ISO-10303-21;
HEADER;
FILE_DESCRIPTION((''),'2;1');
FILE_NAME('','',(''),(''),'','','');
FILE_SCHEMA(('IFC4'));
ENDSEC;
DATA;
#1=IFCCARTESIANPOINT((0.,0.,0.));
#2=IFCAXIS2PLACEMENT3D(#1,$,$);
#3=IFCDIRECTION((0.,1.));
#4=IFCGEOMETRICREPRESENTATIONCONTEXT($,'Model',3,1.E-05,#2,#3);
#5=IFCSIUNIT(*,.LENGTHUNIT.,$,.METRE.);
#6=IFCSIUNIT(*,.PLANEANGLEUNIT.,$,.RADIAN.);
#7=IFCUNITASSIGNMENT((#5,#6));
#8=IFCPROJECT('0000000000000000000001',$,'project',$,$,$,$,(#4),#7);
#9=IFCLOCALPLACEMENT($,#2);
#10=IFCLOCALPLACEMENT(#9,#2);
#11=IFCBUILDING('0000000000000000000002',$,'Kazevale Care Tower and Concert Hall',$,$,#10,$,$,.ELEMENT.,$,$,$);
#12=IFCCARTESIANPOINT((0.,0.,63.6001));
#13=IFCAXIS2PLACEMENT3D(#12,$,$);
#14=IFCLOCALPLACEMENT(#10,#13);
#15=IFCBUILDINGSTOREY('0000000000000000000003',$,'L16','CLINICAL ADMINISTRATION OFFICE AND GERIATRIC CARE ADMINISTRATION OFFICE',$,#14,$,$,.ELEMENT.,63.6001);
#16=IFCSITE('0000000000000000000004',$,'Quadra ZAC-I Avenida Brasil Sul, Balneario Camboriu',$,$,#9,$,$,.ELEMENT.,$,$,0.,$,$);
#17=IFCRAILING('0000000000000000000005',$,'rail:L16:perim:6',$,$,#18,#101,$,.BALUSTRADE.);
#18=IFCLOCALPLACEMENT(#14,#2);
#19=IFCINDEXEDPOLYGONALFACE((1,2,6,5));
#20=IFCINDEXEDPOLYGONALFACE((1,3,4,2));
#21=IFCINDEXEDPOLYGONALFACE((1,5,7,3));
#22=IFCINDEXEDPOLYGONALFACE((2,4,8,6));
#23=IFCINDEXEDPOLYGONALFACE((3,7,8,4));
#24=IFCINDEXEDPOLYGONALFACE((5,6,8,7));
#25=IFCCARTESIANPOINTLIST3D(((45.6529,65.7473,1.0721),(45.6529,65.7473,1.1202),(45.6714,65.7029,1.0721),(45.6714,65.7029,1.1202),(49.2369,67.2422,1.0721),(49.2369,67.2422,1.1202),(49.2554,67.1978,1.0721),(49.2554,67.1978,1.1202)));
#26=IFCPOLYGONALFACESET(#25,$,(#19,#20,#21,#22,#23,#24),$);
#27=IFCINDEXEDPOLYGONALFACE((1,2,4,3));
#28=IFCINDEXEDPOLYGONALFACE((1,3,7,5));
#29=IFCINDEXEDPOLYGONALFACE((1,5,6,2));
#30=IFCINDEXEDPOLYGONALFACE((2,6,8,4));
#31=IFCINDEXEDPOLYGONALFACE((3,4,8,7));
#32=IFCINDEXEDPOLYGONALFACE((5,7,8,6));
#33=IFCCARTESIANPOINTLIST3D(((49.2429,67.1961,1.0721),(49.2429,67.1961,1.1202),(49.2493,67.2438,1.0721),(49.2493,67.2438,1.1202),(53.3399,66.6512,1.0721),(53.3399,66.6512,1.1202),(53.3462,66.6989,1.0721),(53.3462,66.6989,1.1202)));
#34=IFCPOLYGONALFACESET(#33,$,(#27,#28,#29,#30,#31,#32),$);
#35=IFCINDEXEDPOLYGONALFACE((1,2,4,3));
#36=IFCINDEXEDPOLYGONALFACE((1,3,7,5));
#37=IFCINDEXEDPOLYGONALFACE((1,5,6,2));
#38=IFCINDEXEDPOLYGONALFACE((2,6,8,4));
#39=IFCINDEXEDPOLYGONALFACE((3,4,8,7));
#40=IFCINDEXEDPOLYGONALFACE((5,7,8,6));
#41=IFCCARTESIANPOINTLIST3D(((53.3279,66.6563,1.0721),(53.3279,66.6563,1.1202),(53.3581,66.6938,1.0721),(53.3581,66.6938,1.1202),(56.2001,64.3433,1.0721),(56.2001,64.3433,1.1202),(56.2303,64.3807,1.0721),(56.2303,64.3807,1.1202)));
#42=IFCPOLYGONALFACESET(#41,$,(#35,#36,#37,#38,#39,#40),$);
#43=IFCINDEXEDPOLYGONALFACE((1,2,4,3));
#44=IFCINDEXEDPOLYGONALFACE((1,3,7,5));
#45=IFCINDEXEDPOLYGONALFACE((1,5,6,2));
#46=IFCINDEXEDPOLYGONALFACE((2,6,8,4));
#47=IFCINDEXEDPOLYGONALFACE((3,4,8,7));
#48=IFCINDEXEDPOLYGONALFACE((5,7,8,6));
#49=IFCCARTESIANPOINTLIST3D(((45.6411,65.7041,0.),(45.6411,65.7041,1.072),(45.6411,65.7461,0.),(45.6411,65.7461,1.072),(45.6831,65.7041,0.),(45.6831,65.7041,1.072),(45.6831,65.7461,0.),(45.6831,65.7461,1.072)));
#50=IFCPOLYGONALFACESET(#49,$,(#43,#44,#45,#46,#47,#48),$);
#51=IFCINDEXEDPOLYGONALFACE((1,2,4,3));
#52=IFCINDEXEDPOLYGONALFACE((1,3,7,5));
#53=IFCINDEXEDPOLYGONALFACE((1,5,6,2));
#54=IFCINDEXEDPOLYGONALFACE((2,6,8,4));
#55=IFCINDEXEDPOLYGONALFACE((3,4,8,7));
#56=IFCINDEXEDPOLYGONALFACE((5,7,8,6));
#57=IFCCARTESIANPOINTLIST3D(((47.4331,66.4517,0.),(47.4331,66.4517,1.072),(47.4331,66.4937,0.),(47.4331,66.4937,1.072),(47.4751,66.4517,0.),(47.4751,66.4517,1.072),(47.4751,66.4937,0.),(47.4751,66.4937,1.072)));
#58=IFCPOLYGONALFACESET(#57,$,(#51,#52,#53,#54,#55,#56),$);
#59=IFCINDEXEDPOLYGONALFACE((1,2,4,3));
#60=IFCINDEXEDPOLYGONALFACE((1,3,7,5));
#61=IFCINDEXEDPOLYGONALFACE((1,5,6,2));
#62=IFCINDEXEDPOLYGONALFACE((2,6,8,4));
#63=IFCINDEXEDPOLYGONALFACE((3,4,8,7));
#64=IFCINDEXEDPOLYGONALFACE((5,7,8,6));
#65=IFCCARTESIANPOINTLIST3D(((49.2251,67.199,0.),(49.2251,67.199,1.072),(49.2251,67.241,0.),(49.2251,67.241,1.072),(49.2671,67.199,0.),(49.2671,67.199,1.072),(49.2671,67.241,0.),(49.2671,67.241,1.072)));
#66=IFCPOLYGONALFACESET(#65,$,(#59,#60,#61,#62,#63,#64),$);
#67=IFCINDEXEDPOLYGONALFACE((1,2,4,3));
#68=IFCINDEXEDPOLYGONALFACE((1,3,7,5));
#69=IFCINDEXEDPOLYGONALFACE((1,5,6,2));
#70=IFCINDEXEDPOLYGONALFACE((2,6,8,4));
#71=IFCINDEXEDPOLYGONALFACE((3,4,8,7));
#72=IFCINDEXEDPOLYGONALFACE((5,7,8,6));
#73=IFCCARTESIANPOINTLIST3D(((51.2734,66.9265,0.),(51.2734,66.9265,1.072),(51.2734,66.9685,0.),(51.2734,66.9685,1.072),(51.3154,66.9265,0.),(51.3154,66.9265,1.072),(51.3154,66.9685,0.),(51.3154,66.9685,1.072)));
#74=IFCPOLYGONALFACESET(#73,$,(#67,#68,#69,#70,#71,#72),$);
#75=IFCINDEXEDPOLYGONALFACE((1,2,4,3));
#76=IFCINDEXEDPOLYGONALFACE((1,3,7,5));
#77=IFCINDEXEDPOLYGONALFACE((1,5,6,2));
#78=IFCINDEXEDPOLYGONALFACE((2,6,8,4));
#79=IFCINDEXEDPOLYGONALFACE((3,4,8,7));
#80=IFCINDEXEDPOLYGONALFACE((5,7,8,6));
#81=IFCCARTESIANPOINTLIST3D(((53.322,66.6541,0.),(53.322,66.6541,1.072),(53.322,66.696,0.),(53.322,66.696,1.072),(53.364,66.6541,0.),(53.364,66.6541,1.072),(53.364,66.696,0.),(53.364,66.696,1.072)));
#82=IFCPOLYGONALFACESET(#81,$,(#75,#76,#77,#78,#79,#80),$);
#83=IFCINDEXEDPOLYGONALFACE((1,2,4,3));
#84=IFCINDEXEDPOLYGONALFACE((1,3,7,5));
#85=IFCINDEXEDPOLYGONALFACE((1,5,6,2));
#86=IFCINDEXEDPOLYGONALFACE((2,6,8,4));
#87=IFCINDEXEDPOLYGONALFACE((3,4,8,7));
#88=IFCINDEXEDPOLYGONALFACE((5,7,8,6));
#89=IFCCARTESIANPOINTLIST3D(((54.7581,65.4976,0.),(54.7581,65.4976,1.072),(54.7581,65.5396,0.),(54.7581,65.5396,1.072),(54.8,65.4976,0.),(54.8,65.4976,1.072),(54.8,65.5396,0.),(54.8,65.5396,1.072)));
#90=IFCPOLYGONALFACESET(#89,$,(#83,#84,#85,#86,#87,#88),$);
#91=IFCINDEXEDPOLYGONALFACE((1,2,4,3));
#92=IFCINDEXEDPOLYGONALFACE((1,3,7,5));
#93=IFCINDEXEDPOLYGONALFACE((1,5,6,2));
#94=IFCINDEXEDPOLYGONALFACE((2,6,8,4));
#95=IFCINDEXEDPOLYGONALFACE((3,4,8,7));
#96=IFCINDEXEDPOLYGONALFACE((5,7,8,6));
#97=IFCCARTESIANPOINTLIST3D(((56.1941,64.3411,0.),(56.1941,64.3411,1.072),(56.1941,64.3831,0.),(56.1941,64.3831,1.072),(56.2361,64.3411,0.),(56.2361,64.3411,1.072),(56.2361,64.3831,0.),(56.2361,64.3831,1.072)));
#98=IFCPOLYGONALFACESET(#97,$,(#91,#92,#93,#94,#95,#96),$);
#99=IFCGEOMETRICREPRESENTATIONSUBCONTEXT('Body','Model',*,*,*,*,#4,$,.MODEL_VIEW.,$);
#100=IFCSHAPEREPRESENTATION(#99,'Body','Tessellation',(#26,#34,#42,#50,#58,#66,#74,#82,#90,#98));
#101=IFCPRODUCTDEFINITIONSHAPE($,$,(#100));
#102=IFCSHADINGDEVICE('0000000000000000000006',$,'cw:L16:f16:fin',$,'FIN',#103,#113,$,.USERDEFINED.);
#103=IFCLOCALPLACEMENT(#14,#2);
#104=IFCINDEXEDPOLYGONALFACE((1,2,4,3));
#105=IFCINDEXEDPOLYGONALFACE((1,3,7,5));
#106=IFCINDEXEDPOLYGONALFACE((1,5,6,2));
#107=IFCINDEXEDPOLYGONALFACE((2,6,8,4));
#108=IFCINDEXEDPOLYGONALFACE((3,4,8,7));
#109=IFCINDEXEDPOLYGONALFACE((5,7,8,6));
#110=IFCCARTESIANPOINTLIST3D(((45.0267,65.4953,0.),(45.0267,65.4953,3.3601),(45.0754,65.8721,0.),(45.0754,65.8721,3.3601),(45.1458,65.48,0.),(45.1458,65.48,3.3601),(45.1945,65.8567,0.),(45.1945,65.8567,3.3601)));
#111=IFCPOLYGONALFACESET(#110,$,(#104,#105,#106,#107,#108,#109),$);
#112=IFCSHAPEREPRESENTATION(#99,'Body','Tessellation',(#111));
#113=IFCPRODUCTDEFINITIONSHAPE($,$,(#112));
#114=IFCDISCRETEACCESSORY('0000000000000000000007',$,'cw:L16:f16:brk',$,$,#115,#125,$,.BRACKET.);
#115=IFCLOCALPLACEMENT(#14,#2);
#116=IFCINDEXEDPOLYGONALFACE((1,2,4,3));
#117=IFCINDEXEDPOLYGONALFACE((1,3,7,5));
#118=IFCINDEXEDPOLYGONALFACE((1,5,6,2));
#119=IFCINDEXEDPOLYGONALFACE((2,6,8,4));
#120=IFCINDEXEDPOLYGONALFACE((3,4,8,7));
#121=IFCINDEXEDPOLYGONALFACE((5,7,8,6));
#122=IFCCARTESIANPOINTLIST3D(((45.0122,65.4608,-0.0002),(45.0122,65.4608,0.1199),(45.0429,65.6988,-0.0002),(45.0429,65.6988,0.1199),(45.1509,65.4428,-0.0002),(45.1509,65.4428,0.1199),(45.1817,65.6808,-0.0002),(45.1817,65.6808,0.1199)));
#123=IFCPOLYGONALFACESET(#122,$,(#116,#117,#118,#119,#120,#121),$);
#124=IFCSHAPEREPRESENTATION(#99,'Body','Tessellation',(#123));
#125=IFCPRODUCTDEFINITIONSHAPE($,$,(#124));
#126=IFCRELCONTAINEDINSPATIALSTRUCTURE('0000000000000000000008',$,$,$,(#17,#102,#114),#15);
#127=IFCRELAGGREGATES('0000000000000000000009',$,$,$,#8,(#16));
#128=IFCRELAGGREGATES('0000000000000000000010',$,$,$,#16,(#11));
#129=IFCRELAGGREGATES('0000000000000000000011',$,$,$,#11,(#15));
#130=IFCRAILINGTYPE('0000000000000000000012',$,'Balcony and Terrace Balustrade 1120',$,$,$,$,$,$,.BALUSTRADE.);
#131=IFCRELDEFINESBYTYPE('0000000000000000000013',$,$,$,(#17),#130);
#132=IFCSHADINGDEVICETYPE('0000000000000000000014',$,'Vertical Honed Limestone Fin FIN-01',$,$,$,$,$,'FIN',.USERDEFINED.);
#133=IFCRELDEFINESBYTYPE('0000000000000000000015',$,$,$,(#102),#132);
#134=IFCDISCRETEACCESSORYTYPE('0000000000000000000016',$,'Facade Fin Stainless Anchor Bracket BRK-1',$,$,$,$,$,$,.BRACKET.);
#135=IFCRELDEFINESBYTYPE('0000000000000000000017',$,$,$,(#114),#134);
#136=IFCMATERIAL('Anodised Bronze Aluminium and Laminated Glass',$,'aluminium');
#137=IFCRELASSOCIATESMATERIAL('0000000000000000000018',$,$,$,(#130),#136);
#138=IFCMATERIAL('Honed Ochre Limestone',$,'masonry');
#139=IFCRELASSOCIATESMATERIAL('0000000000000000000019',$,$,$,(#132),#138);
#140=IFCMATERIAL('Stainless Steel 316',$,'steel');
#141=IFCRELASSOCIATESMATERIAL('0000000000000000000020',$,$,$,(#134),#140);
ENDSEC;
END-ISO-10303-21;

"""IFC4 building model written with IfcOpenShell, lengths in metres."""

from ifc_helpers import new_model, si_unit, direction, frame, origin, origin_2d, place, context, subcontext, project, spatial, rectangle, extrude, material, type_object, element, save


model = new_model("IFC4")

# Units and contexts
model_context = context("Model", 3, precision=1e-05, world=origin(), true_north=direction((0.0, 1.0)))
body_context = subcontext(model_context, "Body", "Model", "MODEL_VIEW")
ifc_project = project(units=[si_unit("LENGTHUNIT", "METRE"), si_unit("PLANEANGLEUNIT", "RADIAN")], contexts=[model_context])

# Site, building, storey
site_placement = place(None, origin())
site = spatial("IfcSite", under=ifc_project, at=site_placement, Name="Quadra ZAC-I Avenida Brasil Sul, Balneario Camboriu", CompositionType="ELEMENT", RefElevation=0.0)
building_placement = place(site_placement, origin())
building = spatial("IfcBuilding", under=site, at=building_placement, Name="Kazevale Care Tower and Concert Hall", CompositionType="ELEMENT")
storey_placement = place(building_placement, frame((0.0, 0.0, 63.6001)))
storey = spatial("IfcBuildingStorey", under=building, at=storey_placement, Name="L16", Description="CLINICAL ADMINISTRATION OFFICE AND GERIATRIC CARE ADMINISTRATION OFFICE", CompositionType="ELEMENT", Elevation=63.6001)

# Railing
ifc_material_1 = material(Name="Anodised Bronze Aluminium and Laminated Glass", Category="aluminium")
railing_type = type_object("IfcRailingType", Name="Balcony and Terrace Balustrade 1120", PredefinedType="BALUSTRADE", material=ifc_material_1)
railing_placement = place(storey_placement, frame((45.6621, 65.7251, 0.0)))
element("IfcRailing", 1, at=railing_placement, inside=storey, type_object=railing_type, Name="rail:L16:perim:6", PredefinedType="BALUSTRADE", context=body_context, shape_type="SweptSolid", body=[
    extrude(rectangle(XDim=0.0481, YDim=0.0481, at=origin_2d()), frame((0.0, 0.0, 1.0962), z_axis=(0.922935, 0.384955, 0.0), x_axis=(-0.384955, 0.922935, 0.0)), (0.0, 0.0, 1.0), 3.8833),
    extrude(rectangle(XDim=0.0481, YDim=0.0481, at=origin_2d()), frame((3.584, 1.4949, 1.0962), z_axis=(0.99127, -0.131846, 0.0), x_axis=(0.131846, 0.99127, 0.0)), (0.0, 0.0, 1.0), 4.1331),
    extrude(rectangle(XDim=0.0481, YDim=0.0481, at=origin_2d()), frame((7.6809, 0.95, 1.0962), z_axis=(0.778837, -0.627227, 0.0), x_axis=(0.627227, 0.778837, 0.0)), (0.0, 0.0, 1.0), 3.6877),
    extrude(rectangle(XDim=0.042, YDim=0.042, at=origin_2d()), origin(), (0.0, 0.0, 1.0), 1.072),
    extrude(rectangle(XDim=0.042, YDim=0.042, at=origin_2d()), frame((1.792, 0.7476, 0.0)), (0.0, 0.0, 1.0), 1.072),
    extrude(rectangle(XDim=0.042, YDim=0.042, at=origin_2d()), frame((3.584, 1.4949, 0.0)), (0.0, 0.0, 1.0), 1.072),
    extrude(rectangle(XDim=0.042, YDim=0.042, at=origin_2d()), frame((5.6323, 1.2224, 0.0)), (0.0, 0.0, 1.0), 1.072),
    extrude(rectangle(XDim=0.042, YDim=0.042, at=origin_2d()), frame((7.6809, 0.95, 0.0)), (0.0, 0.0, 1.0), 1.072),
    extrude(rectangle(XDim=0.042, YDim=0.042, at=origin_2d()), frame((9.1169, -0.2065, 0.0)), (0.0, 0.0, 1.0), 1.072),
    extrude(rectangle(XDim=0.042, YDim=0.042, at=origin_2d()), frame((10.553, -1.363, 0.0)), (0.0, 0.0, 1.0), 1.072),
])

# Shading device
ifc_material_2 = material(Name="Honed Ochre Limestone", Category="masonry")
shading_device_type = type_object("IfcShadingDeviceType", Name="Vertical Honed Limestone Fin FIN-01", ElementType="FIN", PredefinedType="USERDEFINED", material=ifc_material_2)
shading_device_placement = place(storey_placement, frame((45.1106, 65.676, 0.0), z_axis=(0.0, 0.0, 1.0), x_axis=(0.128103, 0.991761, 0.0)))
element("IfcShadingDevice", 2, at=shading_device_placement, inside=storey, type_object=shading_device_type, Name="cw:L16:f16:fin", ObjectType="FIN", PredefinedType="USERDEFINED", context=body_context, shape_type="SweptSolid", body=[
    extrude(rectangle(XDim=0.3799, YDim=0.1201, at=origin_2d()), origin(), (0.0, 0.0, 1.0), 3.3601),
])

# Discrete accessory
ifc_material_3 = material(Name="Stainless Steel 316", Category="steel")
discrete_accessory_type = type_object("IfcDiscreteAccessoryType", Name="Facade Fin Stainless Anchor Bracket BRK-1", PredefinedType="BRACKET", material=ifc_material_3)
discrete_accessory_placement = place(storey_placement, frame((45.0969, 65.5708, -0.0002), z_axis=(0.0, 0.0, 1.0), x_axis=(0.128103, 0.991761, 0.0)))
element("IfcDiscreteAccessory", 3, at=discrete_accessory_placement, inside=storey, type_object=discrete_accessory_type, Name="cw:L16:f16:brk", PredefinedType="BRACKET", context=body_context, shape_type="SweptSolid", body=[
    extrude(rectangle(XDim=0.24, YDim=0.1399, at=origin_2d()), origin(), (0.0, 0.0, 1.0), 0.1201),
])

save(model, "model.ifc")
